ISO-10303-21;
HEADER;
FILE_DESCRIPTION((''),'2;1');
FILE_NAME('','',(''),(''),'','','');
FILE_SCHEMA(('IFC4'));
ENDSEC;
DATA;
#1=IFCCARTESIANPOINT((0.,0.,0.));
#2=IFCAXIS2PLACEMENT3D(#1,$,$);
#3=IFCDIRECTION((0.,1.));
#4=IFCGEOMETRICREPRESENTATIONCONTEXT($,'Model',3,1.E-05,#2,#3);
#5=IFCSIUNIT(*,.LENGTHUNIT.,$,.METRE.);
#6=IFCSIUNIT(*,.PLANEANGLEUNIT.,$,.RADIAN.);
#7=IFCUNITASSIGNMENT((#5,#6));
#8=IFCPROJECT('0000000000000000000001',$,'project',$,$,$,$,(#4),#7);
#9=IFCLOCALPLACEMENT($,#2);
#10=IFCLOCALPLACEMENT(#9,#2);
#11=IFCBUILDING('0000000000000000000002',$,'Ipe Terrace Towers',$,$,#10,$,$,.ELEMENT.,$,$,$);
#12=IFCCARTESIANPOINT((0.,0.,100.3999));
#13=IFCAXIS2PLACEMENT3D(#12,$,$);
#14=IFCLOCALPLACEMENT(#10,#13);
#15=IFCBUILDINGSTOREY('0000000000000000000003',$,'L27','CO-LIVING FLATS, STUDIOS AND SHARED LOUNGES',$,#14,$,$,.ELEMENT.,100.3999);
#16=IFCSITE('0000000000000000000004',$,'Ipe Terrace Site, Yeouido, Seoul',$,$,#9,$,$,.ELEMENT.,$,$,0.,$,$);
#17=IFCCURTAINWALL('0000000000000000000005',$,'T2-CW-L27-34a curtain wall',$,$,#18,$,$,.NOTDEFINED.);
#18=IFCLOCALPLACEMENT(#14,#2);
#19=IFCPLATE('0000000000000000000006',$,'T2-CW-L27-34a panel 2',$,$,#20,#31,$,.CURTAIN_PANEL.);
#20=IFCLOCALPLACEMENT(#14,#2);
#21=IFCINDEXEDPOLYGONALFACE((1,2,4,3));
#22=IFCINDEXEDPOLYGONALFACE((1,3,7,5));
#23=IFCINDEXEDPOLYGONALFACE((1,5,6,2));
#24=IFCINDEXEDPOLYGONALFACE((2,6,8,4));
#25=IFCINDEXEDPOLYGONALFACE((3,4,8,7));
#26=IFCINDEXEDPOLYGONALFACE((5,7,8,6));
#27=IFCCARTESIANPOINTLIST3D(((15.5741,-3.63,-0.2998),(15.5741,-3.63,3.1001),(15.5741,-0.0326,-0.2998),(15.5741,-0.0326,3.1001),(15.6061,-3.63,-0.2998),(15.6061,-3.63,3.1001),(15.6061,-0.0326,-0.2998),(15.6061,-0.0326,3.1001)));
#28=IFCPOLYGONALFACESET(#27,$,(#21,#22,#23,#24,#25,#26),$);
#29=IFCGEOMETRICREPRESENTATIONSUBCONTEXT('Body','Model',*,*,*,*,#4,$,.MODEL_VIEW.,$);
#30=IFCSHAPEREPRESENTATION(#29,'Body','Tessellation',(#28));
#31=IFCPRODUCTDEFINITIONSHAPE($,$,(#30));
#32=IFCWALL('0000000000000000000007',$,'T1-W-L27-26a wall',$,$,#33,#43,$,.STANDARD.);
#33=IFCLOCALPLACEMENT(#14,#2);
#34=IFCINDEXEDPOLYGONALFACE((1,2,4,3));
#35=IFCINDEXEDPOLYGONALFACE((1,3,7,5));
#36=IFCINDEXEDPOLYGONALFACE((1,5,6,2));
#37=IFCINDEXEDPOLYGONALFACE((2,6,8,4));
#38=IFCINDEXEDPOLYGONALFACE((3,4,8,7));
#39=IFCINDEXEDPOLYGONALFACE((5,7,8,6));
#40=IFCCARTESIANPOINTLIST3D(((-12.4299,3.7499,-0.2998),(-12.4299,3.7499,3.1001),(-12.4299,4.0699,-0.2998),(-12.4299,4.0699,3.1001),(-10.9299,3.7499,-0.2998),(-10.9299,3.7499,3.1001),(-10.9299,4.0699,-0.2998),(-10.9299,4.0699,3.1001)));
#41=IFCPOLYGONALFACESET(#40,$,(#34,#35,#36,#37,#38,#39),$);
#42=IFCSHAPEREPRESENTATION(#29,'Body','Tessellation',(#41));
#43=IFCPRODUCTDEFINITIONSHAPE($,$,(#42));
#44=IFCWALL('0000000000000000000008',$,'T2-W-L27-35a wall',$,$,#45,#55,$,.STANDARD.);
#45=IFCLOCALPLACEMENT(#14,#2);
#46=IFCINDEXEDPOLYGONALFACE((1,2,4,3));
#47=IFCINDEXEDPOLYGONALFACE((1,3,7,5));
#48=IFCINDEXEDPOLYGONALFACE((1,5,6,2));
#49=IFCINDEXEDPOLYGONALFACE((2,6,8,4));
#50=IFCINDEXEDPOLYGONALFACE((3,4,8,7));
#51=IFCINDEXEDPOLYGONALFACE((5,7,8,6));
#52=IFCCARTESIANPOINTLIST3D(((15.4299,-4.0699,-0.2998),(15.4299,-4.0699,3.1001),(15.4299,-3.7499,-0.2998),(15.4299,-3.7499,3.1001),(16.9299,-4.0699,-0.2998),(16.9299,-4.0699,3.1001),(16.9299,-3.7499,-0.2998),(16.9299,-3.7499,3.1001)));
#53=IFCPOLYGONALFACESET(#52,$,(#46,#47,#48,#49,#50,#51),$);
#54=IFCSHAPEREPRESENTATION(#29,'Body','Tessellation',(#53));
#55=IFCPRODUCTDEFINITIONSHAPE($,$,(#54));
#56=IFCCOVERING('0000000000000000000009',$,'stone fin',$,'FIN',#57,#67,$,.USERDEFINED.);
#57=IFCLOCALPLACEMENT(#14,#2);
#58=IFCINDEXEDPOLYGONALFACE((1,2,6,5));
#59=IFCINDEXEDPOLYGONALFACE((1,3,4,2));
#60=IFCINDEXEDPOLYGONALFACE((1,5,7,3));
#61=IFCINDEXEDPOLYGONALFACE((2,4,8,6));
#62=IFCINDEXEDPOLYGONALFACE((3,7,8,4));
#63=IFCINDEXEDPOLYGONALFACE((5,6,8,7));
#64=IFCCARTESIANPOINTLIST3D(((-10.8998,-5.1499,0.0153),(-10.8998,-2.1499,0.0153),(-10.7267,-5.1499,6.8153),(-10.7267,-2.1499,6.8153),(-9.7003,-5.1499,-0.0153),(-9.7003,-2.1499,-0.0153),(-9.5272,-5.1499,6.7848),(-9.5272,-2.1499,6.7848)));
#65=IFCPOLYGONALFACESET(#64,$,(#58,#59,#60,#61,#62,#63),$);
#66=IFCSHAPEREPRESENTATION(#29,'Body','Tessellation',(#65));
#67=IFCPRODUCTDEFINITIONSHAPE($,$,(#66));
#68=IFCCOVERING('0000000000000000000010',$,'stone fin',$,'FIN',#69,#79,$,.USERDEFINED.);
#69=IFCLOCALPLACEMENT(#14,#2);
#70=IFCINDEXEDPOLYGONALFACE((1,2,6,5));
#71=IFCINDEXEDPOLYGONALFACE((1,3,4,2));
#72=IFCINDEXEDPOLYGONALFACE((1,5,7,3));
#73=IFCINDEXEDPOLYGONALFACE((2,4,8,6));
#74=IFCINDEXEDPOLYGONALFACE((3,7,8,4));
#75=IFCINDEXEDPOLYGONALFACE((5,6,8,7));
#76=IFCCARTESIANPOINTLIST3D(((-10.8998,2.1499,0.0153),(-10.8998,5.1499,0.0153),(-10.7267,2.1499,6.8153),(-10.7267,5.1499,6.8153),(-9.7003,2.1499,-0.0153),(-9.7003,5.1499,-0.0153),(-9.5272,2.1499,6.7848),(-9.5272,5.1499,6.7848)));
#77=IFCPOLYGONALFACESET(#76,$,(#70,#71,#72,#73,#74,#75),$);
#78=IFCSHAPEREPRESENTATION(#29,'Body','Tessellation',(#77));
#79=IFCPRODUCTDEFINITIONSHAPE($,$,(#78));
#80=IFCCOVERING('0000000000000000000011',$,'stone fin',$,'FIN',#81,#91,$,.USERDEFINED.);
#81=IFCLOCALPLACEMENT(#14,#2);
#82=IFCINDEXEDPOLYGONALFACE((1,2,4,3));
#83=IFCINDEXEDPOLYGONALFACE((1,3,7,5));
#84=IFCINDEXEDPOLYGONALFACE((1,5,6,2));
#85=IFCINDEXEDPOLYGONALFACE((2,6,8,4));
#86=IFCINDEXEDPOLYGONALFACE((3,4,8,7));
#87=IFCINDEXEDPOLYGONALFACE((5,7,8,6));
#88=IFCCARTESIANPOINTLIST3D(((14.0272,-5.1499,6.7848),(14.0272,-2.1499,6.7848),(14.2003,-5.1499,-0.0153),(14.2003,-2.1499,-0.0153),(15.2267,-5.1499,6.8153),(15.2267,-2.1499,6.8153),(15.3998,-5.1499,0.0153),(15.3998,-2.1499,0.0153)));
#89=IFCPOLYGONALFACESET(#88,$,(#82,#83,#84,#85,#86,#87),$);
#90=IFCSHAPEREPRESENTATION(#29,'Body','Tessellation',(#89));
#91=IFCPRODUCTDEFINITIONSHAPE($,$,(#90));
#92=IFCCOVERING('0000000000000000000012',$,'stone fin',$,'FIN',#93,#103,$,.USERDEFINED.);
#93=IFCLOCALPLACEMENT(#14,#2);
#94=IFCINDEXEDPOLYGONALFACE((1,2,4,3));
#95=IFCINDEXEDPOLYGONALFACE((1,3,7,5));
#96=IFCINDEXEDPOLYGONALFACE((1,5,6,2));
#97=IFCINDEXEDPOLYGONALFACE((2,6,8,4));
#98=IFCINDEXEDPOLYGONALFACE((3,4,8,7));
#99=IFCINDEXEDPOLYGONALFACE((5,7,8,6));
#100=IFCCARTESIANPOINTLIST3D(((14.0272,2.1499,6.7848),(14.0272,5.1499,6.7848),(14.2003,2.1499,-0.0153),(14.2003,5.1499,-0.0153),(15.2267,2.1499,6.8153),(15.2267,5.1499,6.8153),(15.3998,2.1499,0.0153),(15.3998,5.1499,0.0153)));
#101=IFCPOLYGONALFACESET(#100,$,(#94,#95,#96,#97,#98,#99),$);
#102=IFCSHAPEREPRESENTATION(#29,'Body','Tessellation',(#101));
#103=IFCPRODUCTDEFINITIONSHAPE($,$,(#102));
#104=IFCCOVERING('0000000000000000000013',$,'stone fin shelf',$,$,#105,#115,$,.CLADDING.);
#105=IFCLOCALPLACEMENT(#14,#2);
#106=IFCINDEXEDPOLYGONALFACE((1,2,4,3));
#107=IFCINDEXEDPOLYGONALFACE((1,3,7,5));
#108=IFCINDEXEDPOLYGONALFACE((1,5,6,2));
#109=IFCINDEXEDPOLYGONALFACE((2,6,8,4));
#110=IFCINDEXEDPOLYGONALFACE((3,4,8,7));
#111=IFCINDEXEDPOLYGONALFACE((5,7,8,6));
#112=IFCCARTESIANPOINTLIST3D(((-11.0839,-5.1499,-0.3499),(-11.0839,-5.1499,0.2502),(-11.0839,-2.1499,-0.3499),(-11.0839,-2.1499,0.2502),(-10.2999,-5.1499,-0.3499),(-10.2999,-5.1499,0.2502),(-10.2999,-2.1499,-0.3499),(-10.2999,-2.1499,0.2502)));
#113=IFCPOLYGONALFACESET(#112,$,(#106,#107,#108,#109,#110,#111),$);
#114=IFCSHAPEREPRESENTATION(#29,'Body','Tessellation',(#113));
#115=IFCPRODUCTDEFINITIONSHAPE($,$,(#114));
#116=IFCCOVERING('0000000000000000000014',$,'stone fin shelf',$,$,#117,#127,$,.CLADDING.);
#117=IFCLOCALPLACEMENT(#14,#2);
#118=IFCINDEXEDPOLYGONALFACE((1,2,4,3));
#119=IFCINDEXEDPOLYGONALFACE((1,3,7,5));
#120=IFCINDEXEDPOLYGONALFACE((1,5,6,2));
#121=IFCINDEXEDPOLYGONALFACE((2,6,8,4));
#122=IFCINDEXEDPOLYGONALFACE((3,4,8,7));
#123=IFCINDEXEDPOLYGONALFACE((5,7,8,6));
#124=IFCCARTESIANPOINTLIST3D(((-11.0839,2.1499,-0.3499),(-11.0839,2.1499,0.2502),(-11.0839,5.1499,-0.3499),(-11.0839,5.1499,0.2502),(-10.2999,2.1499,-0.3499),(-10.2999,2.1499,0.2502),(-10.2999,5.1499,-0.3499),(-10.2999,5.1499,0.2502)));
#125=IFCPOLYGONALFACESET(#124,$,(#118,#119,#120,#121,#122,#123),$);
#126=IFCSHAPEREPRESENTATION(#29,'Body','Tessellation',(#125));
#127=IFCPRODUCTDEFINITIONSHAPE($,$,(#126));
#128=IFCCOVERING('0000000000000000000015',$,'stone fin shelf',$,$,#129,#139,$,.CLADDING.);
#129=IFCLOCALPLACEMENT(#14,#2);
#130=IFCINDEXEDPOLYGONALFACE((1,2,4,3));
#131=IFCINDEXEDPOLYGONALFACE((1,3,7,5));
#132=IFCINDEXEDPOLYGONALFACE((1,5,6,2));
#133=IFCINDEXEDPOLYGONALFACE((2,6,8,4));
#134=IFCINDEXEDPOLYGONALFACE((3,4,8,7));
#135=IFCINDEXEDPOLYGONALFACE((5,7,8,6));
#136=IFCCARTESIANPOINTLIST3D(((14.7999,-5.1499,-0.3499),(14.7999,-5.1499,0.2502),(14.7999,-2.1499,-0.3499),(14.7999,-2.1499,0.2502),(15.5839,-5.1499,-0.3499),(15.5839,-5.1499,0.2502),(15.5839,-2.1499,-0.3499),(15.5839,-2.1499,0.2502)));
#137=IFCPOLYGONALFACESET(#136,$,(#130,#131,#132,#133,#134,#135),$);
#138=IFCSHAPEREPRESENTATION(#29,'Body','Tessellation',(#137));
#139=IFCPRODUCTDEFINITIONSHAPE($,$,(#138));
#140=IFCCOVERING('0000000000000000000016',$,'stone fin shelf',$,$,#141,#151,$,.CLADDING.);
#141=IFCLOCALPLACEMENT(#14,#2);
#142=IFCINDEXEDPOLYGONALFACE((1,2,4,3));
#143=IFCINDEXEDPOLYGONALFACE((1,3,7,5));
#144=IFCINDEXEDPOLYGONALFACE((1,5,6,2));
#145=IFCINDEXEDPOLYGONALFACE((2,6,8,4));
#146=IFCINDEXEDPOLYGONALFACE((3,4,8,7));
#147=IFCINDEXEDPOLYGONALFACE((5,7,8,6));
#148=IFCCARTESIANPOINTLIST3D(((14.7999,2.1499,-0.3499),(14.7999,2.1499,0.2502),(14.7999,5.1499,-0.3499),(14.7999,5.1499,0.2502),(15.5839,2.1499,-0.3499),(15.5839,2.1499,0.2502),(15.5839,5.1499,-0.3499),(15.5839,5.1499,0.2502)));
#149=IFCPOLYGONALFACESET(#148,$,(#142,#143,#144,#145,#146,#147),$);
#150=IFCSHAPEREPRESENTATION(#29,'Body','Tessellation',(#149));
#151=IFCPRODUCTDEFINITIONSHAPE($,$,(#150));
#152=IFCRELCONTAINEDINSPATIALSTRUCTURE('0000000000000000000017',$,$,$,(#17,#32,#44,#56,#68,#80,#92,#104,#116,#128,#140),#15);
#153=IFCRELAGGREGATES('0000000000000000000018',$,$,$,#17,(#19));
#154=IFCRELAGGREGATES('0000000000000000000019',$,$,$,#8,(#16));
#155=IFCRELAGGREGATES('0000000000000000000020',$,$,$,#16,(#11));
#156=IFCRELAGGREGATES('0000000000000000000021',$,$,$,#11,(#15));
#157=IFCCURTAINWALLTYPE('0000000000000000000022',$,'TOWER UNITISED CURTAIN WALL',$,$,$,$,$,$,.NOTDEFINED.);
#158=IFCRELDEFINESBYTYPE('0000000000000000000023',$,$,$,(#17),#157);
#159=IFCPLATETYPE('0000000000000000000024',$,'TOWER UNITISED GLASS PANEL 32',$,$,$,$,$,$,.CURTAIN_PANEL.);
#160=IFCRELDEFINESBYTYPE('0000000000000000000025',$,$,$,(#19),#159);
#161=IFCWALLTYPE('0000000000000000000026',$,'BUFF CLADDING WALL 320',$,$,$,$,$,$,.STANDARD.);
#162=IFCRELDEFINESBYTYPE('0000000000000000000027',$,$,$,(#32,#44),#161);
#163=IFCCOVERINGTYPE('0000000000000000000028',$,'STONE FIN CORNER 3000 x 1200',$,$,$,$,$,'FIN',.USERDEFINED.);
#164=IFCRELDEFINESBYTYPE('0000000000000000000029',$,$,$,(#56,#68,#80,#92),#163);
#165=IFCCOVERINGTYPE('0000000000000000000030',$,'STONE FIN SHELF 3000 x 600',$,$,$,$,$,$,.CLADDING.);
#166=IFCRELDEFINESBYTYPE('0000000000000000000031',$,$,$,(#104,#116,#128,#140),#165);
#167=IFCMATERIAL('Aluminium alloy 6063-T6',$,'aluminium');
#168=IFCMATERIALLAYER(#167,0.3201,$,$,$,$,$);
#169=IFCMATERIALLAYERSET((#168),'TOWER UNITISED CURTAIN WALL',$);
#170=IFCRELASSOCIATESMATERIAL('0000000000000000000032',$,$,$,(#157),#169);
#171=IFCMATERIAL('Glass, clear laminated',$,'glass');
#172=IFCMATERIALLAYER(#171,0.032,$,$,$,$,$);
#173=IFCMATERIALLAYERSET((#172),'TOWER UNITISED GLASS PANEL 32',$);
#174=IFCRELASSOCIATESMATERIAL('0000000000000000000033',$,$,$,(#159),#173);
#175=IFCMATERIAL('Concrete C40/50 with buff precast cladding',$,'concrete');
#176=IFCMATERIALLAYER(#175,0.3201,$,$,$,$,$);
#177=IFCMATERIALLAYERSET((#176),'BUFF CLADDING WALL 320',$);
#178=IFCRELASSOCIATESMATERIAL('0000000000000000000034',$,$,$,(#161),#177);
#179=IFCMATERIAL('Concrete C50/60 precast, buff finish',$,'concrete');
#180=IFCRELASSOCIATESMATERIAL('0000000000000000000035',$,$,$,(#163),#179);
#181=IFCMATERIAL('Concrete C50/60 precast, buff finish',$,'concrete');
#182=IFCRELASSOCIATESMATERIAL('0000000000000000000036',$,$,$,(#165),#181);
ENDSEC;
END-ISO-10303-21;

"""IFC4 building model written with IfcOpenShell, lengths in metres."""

from ifc_helpers import new_model, si_unit, direction, frame, frame_2d, origin, origin_2d, place, context, subcontext, project, spatial, rectangle, extrude, material, layer, layer_set, material_profile, profile_set, type_object, element, aggregate, save


model = new_model("IFC4")

# Units and contexts
model_context = context("Model", 3, precision=1e-05, world=origin(), true_north=direction((0.0, 1.0)))
body_context = subcontext(model_context, "Body", "Model", "MODEL_VIEW")
ifc_project = project(units=[si_unit("LENGTHUNIT", "METRE"), si_unit("PLANEANGLEUNIT", "RADIAN")], contexts=[model_context])

# Site, building, storey
site_placement = place(None, origin())
site = spatial("IfcSite", under=ifc_project, at=site_placement, Name="Ipe Terrace Site, Yeouido, Seoul", CompositionType="ELEMENT", RefElevation=0.0)
building_placement = place(site_placement, origin())
building = spatial("IfcBuilding", under=site, at=building_placement, Name="Ipe Terrace Towers", CompositionType="ELEMENT")
storey_placement = place(building_placement, frame((0.0, 0.0, 100.3999)))
storey = spatial("IfcBuildingStorey", under=building, at=storey_placement, Name="L27", Description="CO-LIVING FLATS, STUDIOS AND SHARED LOUNGES", CompositionType="ELEMENT", Elevation=100.3999)

# Shared definitions
ifc_material_1 = material(Name="Aluminium alloy 6063-T6", Category="aluminium")
ifc_layer_1 = layer(ifc_material_1, 0.3201)
ifc_layer_set_1 = layer_set([ifc_layer_1], Name="TOWER UNITISED CURTAIN WALL")
curtain_wall_type = type_object("IfcCurtainWallType", Name="TOWER UNITISED CURTAIN WALL", PredefinedType="NOTDEFINED", material=ifc_layer_set_1)

# Curtain wall
curtain_wall_1_placement = place(storey_placement, origin())
curtain_wall_1 = element("IfcCurtainWall", 1, at=curtain_wall_1_placement, inside=storey, type_object=curtain_wall_type, Name="T2-CW-L27-34a curtain wall", PredefinedType="NOTDEFINED")

# Plate
ifc_material_2 = material(Name="Glass, clear laminated", Category="glass")
ifc_layer_2 = layer(ifc_material_2, 0.032)
ifc_layer_set_2 = layer_set([ifc_layer_2], Name="TOWER UNITISED GLASS PANEL 32")
plate_type = type_object("IfcPlateType", Name="TOWER UNITISED GLASS PANEL 32", PredefinedType="CURTAIN_PANEL", material=ifc_layer_set_2)
plate_1_placement = place(storey_placement, frame((15.5901, -1.8313, -0.2998), z_axis=(0.0, 0.0, 1.0), x_axis=(0.0, -1.0, 0.0)))
plate_1 = element("IfcPlate", 2, at=plate_1_placement, type_object=plate_type, Name="T2-CW-L27-34a panel 2", PredefinedType="CURTAIN_PANEL", context=body_context, shape_type="SweptSolid", body=[
    extrude(rectangle(XDim=3.5974, YDim=0.032, at=origin_2d()), origin(), (0.0, 0.0, 1.0), 3.3999),
])
aggregate(curtain_wall_1, [plate_1])

# Walls
ifc_material_3 = material(Name="Concrete C40/50 with buff precast cladding", Category="concrete")
ifc_layer_3 = layer(ifc_material_3, 0.3201)
ifc_layer_set_3 = layer_set([ifc_layer_3], Name="BUFF CLADDING WALL 320")
wall_type = type_object("IfcWallType", Name="BUFF CLADDING WALL 320", PredefinedType="STANDARD", material=ifc_layer_set_3)
for number, where, z_axis, x_axis, name in (
    (3, (-10.9299, 3.9099, -0.2998), (0.0, 0.0, 1.0), (-1.0, 0.0, 0.0), "T1-W-L27-26a wall"),
    (4, (15.4299, -3.9099, -0.2998), (0.0, 0.0, 1.0), (1.0, 0.0, 0.0), "T2-W-L27-35a wall"),
):
    element("IfcWall", number, at=place(storey_placement, frame(where, z_axis=z_axis, x_axis=x_axis)), inside=storey, type_object=wall_type, Name=name, PredefinedType="STANDARD", context=body_context, shape_type="SweptSolid", body=[
        extrude(rectangle(XDim=1.5, YDim=0.3201, at=frame_2d((0.75, 0.0))), origin(), (0.0, 0.0, 1.0), 3.3999),
    ])

# Coverings
ifc_material_4 = material(Name="Concrete C50/60 precast, buff finish", Category="concrete")
ifc_material_profile_1 = material_profile(ifc_material_4, rectangle(XDim=3.0, YDim=1.2, at=origin_2d()), Name="STONE FIN CORNER 3000 x 1200")
ifc_profile_set_1 = profile_set([ifc_material_profile_1], Name="Concrete C50/60 precast, buff finish")
covering_type_1 = type_object("IfcCoveringType", Name="STONE FIN CORNER 3000 x 1200", ElementType="FIN", PredefinedType="USERDEFINED", material=ifc_profile_set_1)
for number, where, z_axis, x_axis, name in (
    (5, (-10.3, -3.6499, 0.0), (0.025447, 0.0, 0.999676), (0.0, 1.0, 0.0), "stone fin"),
    (6, (-10.3, 3.6499, 0.0), (0.025447, 0.0, 0.999676), (0.0, 1.0, 0.0), "stone fin"),
    (7, (14.8, -3.6499, 0.0), (-0.025447, 0.0, 0.999676), (0.0, -1.0, 0.0), "stone fin"),
    (8, (14.8, 3.6499, 0.0), (-0.025447, 0.0, 0.999676), (0.0, -1.0, 0.0), "stone fin"),
):
    element("IfcCovering", number, at=place(storey_placement, frame(where, z_axis=z_axis, x_axis=x_axis)), inside=storey, type_object=covering_type_1, Name=name, ObjectType="FIN", PredefinedType="USERDEFINED", context=body_context, shape_type="SweptSolid", body=[
        extrude(rectangle(XDim=3.0, YDim=1.2, at=origin_2d()), origin(), (0.0, 0.0, 1.0), 6.8022),
    ])
ifc_material_5 = material(Name="Concrete C50/60 precast, buff finish", Category="concrete")
covering_type_2 = type_object("IfcCoveringType", Name="STONE FIN SHELF 3000 x 600", PredefinedType="CLADDING", material=ifc_material_5)
for number, where, z_axis, x_axis, name in (
    (9, (-10.6919, -3.6499, -0.3499), (0.0, 0.0, 1.0), (0.0, 1.0, 0.0), "stone fin shelf"),
    (10, (-10.6919, 3.6499, -0.3499), (0.0, 0.0, 1.0), (0.0, 1.0, 0.0), "stone fin shelf"),
    (11, (15.1919, -3.6499, -0.3499), (0.0, 0.0, 1.0), (0.0, -1.0, 0.0), "stone fin shelf"),
    (12, (15.1919, 3.6499, -0.3499), (0.0, 0.0, 1.0), (0.0, -1.0, 0.0), "stone fin shelf"),
):
    element("IfcCovering", number, at=place(storey_placement, frame(where, z_axis=z_axis, x_axis=x_axis)), inside=storey, type_object=covering_type_2, Name=name, PredefinedType="CLADDING", context=body_context, shape_type="SweptSolid", body=[
        extrude(rectangle(XDim=3.0, YDim=0.7839, at=origin_2d()), origin(), (0.0, 0.0, 1.0), 0.6001),
    ])

save(model, "model.ifc")
